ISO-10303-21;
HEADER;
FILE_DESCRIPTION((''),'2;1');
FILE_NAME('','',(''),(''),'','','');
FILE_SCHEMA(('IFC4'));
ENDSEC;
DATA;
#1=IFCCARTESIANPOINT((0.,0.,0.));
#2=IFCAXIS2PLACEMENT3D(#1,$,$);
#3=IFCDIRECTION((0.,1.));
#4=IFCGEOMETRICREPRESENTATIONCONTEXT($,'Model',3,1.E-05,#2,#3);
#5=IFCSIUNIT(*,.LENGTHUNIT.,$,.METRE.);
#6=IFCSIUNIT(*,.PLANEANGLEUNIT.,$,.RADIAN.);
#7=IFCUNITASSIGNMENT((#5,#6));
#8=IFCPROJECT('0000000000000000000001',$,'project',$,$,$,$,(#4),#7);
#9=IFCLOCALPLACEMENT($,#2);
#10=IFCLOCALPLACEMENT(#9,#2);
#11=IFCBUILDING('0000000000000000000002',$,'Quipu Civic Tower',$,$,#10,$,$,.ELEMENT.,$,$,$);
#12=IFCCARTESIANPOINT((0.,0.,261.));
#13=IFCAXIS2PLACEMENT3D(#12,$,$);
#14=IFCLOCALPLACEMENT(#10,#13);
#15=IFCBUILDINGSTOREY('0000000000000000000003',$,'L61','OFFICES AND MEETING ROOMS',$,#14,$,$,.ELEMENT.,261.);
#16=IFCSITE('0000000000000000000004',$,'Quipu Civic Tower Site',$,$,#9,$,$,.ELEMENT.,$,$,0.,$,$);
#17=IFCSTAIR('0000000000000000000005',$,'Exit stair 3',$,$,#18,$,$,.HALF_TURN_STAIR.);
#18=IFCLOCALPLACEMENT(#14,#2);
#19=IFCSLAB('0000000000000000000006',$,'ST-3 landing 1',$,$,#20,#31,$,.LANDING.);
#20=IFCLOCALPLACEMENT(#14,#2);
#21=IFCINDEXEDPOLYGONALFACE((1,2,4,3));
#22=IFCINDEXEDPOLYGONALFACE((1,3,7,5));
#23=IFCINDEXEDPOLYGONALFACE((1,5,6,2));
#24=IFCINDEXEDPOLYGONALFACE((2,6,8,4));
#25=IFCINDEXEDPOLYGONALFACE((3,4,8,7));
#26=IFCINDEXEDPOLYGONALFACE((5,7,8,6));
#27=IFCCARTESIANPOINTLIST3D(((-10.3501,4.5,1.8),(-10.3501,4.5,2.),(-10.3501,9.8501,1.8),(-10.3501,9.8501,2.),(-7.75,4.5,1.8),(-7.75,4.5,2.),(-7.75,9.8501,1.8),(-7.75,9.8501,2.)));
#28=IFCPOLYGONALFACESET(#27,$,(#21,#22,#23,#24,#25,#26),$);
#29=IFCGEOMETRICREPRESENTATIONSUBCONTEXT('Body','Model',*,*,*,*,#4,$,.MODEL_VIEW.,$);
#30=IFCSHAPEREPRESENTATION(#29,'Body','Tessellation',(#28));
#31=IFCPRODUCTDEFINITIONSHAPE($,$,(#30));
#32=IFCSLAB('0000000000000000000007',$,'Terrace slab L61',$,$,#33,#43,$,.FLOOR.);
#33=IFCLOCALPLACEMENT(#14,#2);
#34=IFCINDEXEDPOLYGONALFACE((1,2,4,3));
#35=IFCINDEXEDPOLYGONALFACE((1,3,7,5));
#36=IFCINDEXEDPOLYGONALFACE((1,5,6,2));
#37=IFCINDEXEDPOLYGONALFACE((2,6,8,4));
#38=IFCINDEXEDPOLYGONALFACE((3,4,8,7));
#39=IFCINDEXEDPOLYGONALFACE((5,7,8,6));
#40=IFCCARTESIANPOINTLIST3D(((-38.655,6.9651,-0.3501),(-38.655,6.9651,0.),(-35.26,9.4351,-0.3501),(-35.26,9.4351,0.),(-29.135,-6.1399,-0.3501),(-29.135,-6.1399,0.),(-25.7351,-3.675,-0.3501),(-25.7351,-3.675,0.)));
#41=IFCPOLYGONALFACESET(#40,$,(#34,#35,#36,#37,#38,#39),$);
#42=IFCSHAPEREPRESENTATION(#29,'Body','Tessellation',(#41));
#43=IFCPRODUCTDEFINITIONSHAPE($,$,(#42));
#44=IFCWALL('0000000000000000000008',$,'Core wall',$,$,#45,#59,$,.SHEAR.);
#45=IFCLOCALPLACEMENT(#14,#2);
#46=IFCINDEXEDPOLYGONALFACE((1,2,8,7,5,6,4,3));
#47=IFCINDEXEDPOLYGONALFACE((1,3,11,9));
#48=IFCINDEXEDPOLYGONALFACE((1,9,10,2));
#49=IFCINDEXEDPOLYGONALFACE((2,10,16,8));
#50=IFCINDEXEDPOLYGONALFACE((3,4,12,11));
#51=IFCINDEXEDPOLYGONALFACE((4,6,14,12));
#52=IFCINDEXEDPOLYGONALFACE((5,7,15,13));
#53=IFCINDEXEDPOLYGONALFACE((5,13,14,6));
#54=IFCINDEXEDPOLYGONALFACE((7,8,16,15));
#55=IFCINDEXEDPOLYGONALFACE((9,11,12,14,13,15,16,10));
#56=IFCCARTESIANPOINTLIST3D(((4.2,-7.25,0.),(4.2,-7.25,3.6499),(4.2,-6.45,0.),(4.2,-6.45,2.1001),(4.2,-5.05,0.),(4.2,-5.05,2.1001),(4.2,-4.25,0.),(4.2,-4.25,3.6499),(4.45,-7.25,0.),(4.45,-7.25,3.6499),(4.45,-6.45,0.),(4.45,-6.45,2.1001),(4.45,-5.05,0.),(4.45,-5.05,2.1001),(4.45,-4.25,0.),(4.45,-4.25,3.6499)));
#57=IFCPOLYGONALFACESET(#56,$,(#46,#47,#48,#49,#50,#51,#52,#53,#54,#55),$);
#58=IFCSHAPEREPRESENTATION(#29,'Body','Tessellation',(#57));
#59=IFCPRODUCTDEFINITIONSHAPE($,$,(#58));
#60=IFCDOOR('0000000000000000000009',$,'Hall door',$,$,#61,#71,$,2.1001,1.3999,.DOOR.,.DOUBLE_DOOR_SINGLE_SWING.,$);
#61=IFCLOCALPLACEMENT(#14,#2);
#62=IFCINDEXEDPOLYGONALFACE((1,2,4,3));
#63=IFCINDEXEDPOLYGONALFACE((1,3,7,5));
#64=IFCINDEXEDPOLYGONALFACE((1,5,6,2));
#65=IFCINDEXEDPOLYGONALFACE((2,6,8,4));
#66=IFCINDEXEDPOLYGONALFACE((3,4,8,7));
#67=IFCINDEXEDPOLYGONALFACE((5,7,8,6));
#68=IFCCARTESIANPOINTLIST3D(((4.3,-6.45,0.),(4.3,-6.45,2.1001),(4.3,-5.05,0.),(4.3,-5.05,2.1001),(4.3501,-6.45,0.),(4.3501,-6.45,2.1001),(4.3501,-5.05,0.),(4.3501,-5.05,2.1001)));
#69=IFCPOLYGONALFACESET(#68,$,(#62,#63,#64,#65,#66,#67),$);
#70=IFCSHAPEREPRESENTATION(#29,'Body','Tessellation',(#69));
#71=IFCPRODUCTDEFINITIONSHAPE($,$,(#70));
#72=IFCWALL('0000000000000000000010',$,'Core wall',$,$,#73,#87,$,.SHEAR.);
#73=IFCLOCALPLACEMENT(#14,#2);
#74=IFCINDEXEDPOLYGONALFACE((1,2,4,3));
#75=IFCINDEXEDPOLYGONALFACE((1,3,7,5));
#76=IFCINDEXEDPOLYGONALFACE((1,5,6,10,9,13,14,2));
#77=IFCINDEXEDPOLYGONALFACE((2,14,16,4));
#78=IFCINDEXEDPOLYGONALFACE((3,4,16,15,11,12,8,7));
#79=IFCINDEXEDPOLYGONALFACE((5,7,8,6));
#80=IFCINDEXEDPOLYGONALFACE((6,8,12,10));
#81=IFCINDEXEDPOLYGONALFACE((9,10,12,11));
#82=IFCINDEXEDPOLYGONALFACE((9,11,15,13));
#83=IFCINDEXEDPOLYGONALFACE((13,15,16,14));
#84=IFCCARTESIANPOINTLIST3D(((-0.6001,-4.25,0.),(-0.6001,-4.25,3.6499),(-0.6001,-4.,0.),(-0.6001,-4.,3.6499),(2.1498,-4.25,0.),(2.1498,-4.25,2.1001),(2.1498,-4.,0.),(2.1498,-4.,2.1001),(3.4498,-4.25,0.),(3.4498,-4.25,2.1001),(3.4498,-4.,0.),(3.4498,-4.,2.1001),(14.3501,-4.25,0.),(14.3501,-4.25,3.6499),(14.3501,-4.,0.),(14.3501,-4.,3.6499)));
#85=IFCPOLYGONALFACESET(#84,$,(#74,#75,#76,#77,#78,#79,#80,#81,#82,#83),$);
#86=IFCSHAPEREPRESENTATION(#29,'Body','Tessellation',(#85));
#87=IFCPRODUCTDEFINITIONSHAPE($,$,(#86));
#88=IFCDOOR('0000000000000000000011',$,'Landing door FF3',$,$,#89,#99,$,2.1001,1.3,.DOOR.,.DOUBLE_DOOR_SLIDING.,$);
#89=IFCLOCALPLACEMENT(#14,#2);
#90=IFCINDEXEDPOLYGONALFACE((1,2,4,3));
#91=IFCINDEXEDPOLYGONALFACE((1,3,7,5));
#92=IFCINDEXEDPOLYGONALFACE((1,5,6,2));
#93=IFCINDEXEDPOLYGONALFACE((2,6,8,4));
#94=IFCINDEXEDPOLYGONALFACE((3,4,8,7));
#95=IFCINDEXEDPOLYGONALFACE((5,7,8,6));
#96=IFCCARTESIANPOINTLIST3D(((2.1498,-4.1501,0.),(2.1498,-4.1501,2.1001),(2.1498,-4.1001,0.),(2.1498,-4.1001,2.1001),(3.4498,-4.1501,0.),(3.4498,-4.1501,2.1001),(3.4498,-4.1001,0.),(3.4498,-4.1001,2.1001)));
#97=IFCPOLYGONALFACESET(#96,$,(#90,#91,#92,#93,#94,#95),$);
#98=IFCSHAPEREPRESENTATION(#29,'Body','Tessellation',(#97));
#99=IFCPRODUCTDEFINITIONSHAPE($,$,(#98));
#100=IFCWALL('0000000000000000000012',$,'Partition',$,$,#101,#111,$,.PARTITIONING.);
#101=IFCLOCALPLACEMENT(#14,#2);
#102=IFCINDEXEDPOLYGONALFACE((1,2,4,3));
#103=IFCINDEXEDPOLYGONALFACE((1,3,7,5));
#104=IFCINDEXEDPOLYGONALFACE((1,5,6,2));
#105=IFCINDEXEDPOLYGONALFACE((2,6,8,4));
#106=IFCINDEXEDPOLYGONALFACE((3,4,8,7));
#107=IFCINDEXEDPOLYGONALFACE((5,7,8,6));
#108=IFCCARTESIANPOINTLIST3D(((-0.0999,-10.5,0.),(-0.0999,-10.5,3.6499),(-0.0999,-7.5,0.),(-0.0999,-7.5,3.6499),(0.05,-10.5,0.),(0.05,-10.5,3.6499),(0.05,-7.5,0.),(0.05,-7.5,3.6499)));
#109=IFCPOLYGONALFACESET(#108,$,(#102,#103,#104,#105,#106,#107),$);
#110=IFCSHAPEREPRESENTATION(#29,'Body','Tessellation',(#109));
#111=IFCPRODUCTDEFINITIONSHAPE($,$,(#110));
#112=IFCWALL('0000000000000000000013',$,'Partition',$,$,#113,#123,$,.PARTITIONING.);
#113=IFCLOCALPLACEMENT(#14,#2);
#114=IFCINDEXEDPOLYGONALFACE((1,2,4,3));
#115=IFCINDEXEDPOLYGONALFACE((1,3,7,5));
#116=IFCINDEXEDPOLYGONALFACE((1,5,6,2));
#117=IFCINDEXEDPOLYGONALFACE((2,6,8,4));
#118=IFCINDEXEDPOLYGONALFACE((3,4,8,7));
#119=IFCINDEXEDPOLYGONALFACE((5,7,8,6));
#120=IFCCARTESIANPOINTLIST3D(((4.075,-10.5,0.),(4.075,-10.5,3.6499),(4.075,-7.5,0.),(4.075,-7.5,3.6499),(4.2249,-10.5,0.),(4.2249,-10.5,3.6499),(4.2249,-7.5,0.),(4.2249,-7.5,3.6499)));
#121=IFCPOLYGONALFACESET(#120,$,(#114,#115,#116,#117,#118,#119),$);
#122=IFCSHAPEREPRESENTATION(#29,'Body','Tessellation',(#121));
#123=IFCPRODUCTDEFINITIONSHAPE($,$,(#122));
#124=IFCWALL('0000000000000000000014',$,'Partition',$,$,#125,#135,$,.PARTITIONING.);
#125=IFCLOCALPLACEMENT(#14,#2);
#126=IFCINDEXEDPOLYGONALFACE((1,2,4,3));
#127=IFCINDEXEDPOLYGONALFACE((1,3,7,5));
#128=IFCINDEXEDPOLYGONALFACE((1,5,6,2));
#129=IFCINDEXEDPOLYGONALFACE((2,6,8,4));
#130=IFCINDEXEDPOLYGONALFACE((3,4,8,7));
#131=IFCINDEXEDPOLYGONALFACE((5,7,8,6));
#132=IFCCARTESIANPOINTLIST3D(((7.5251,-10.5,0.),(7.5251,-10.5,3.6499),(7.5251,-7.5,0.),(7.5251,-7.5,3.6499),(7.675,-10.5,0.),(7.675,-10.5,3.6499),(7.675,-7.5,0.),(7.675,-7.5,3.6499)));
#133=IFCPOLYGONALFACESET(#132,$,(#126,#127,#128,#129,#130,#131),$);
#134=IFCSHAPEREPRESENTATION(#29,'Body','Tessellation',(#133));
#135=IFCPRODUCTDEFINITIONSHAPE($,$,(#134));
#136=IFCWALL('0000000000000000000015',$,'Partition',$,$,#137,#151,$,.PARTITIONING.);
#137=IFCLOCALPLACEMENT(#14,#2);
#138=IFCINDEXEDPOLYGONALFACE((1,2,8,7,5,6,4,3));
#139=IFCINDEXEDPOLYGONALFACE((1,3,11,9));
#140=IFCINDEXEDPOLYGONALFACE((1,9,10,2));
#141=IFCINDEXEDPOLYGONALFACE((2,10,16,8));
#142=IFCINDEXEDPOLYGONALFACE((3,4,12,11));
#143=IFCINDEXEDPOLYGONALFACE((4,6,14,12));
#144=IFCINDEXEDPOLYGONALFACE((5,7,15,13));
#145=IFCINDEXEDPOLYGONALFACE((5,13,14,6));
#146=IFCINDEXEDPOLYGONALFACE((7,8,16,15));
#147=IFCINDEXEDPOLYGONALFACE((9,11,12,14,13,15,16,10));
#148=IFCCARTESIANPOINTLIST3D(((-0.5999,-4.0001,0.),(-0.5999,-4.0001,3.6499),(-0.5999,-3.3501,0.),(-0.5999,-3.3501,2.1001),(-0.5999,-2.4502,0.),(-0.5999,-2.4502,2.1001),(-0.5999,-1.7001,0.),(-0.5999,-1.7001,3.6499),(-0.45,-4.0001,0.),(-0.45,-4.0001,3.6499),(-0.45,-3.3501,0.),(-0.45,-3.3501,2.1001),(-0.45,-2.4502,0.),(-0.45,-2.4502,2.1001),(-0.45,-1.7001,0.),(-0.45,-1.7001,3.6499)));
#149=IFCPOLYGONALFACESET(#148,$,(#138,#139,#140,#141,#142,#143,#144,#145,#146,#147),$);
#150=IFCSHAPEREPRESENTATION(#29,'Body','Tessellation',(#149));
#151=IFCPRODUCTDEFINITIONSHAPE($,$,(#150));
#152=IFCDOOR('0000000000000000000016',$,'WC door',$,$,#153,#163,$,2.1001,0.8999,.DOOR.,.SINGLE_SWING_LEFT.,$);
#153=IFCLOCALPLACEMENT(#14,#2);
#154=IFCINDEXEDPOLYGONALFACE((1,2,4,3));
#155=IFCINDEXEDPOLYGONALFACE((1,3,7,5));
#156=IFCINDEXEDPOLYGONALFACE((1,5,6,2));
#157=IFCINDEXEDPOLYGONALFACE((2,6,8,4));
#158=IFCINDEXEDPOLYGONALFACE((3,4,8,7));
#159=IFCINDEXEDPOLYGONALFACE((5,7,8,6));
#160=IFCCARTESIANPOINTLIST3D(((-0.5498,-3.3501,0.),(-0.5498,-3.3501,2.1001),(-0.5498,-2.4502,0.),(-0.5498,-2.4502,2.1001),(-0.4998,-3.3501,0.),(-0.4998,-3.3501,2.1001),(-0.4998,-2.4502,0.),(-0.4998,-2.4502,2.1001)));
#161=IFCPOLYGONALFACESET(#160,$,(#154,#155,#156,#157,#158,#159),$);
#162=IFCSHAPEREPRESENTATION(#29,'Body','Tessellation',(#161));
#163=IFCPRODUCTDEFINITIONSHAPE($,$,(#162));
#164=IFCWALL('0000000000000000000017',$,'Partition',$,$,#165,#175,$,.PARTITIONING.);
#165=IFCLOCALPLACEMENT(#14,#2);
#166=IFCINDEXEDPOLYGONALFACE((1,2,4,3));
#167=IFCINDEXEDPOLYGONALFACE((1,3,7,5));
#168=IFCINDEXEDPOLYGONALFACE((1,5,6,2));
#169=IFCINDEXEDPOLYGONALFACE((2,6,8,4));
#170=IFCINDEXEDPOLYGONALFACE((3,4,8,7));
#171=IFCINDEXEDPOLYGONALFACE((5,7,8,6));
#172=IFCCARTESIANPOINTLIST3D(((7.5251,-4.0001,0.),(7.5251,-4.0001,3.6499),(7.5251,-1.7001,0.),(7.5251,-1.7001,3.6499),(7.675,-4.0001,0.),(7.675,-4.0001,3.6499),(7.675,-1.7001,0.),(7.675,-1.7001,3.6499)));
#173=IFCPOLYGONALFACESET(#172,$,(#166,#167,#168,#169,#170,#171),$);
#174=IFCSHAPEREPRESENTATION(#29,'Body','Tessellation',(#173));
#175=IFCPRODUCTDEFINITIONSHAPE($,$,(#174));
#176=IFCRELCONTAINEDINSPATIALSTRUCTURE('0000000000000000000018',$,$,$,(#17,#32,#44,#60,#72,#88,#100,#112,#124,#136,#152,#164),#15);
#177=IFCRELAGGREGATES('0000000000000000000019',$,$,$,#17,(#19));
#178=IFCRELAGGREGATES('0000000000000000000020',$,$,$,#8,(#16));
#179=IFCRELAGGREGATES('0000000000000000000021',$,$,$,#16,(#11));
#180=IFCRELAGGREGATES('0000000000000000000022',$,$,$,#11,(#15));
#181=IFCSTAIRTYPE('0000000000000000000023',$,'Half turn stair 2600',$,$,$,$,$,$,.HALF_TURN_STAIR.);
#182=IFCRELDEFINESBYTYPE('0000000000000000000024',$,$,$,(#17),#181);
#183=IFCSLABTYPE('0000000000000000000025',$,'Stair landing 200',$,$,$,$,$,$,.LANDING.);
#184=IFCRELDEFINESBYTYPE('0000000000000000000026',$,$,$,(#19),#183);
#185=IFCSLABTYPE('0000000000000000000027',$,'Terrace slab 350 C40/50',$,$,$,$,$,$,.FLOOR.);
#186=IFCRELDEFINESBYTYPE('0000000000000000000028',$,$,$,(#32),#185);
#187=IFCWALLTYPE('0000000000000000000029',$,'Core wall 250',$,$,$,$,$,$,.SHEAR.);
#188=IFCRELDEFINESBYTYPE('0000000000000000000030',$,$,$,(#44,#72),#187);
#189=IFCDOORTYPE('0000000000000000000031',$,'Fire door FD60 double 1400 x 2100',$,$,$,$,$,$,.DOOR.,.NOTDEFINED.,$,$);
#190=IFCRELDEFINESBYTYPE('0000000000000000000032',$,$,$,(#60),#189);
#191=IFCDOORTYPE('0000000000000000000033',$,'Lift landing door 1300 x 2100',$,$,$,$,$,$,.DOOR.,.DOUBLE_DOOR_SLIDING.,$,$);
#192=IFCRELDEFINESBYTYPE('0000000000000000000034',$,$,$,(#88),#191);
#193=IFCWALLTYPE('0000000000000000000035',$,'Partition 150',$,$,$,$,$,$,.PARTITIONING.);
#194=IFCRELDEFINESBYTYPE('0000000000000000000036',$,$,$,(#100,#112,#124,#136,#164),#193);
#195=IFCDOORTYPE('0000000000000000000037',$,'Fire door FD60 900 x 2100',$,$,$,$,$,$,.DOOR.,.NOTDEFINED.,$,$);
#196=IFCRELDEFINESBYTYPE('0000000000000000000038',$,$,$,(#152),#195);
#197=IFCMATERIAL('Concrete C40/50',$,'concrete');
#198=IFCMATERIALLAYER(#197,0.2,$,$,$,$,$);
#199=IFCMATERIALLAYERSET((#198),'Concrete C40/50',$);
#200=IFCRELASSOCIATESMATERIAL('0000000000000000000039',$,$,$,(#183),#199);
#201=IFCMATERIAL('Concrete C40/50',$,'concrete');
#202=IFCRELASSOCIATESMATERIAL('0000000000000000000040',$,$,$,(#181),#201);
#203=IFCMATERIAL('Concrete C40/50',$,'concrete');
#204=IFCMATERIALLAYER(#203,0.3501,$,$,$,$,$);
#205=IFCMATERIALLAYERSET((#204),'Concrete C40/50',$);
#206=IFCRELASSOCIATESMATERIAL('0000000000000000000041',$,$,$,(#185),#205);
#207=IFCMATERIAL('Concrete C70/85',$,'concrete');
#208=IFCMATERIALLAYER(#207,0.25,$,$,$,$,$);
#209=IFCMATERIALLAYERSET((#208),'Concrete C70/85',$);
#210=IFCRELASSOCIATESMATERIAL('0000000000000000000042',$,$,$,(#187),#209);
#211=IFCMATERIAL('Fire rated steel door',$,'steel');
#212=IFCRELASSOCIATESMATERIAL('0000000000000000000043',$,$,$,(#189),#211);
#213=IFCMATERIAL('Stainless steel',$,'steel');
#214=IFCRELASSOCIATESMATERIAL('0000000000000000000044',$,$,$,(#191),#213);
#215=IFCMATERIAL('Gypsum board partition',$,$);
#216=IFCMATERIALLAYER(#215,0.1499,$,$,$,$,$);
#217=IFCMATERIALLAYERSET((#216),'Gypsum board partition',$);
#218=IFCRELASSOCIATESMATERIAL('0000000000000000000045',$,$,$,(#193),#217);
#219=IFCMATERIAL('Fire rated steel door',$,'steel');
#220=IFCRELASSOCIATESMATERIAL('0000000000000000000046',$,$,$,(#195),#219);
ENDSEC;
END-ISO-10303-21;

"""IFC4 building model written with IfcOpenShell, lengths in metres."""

from ifc_helpers import new_model, si_unit, direction, frame, frame_2d, origin, place, context, subcontext, project, spatial, polyline, rectangle, outline, extrude, material, layer, layer_set, type_object, element, fill, aggregate, save


model = new_model("IFC4")

# Units and contexts
model_context = context("Model", 3, precision=1e-05, world=origin(), true_north=direction((0.0, 1.0)))
body_context = subcontext(model_context, "Body", "Model", "MODEL_VIEW")
ifc_project = project(units=[si_unit("LENGTHUNIT", "METRE"), si_unit("PLANEANGLEUNIT", "RADIAN")], contexts=[model_context])

# Site, building, storey
site_placement = place(None, origin())
site = spatial("IfcSite", under=ifc_project, at=site_placement, Name="Quipu Civic Tower Site", CompositionType="ELEMENT", RefElevation=0.0)
building_placement = place(site_placement, origin())
building = spatial("IfcBuilding", under=site, at=building_placement, Name="Quipu Civic Tower", CompositionType="ELEMENT")
storey_placement = place(building_placement, frame((0.0, 0.0, 261.0)))
storey = spatial("IfcBuildingStorey", under=building, at=storey_placement, Name="L61", Description="OFFICES AND MEETING ROOMS", CompositionType="ELEMENT", Elevation=261.0)

# Stair, slab
ifc_material_1 = material(Name="Concrete C40/50", Category="concrete")
ifc_layer_1 = layer(ifc_material_1, 0.2)
ifc_layer_set_1 = layer_set([ifc_layer_1], Name="Concrete C40/50")
slab_type_1 = type_object("IfcSlabType", Name="Stair landing 200", PredefinedType="LANDING", material=ifc_layer_set_1)
ifc_material_2 = material(Name="Concrete C40/50", Category="concrete")
stair_type_1 = type_object("IfcStairType", Name="Half turn stair 2600", PredefinedType="HALF_TURN_STAIR", material=ifc_material_2)
stair_1_placement = place(storey_placement, origin())
stair_1 = element("IfcStair", 1, at=stair_1_placement, inside=storey, type_object=stair_type_1, Name="Exit stair 3", PredefinedType="HALF_TURN_STAIR")
slab_1_placement = place(storey_placement, frame((0.0, 0.0, 1.8)))
slab_1 = element("IfcSlab", 2, at=slab_1_placement, type_object=slab_type_1, Name="ST-3 landing 1", PredefinedType="LANDING", context=body_context, shape_type="SweptSolid", body=[
    extrude(outline(polyline([(-10.3501, 4.5), (-7.75, 4.5), (-7.75, 9.8501), (-10.3501, 9.8501), (-10.3501, 4.5)])), origin(), (0.0, 0.0, 1.0), 0.2),
])
aggregate(stair_1, [slab_1])

# Slab
ifc_material_3 = material(Name="Concrete C40/50", Category="concrete")
ifc_layer_2 = layer(ifc_material_3, 0.3501)
ifc_layer_set_2 = layer_set([ifc_layer_2], Name="Concrete C40/50")
slab_type_2 = type_object("IfcSlabType", Name="Terrace slab 350 C40/50", PredefinedType="FLOOR", material=ifc_layer_set_2)
slab_2_placement = place(storey_placement, frame((0.0, 0.0, -0.3501)))
element("IfcSlab", 3, at=slab_2_placement, inside=storey, type_object=slab_type_2, Name="Terrace slab L61", PredefinedType="FLOOR", context=body_context, shape_type="SweptSolid", body=[
    extrude(outline(polyline([(-35.26, 9.4351), (-25.7351, -3.675), (-29.135, -6.1399), (-38.655, 6.9651), (-35.26, 9.4351)])), origin(), (0.0, 0.0, 1.0), 0.3501),
])

# Walls, openings, doors
ifc_material_4 = material(Name="Concrete C70/85", Category="concrete")
ifc_layer_3 = layer(ifc_material_4, 0.25)
ifc_layer_set_3 = layer_set([ifc_layer_3], Name="Concrete C70/85")
wall_type_1 = type_object("IfcWallType", Name="Core wall 250", PredefinedType="SHEAR", material=ifc_layer_set_3)
wall_1_placement = place(storey_placement, frame((4.325, -7.25, 0.0), z_axis=(0.0, 0.0, 1.0), x_axis=(0.0, 1.0, 0.0)))
wall_1 = element("IfcWall", 4, at=wall_1_placement, inside=storey, type_object=wall_type_1, Name="Core wall", PredefinedType="SHEAR", context=body_context, shape_type="SweptSolid", body=[
    extrude(rectangle(XDim=3.0, YDim=0.25, at=frame_2d((1.5, 0.0))), origin(), (0.0, 0.0, 1.0), 3.6499),
])
opening_1_placement = place(wall_1_placement, frame((0.8, 0.0, 0.0)))
opening_1 = element("IfcOpeningElement", 5, at=opening_1_placement, cuts=wall_1, PredefinedType="OPENING", context=body_context, shape_type="SweptSolid", body=[
    extrude(rectangle(XDim=1.3999, YDim=2.1001, at=frame_2d((0.7, 1.05))), frame((0.0, 0.135, 0.0), z_axis=(0.0, -1.0, 0.0), x_axis=(1.0, 0.0, 0.0)), (0.0, 0.0, 1.0), 0.27),
])
ifc_material_5 = material(Name="Fire rated steel door", Category="steel")
door_type_1 = type_object("IfcDoorType", Name="Fire door FD60 double 1400 x 2100", OperationType="NOTDEFINED", PredefinedType="DOOR", material=ifc_material_5)
door_1_placement = place(opening_1_placement, origin())
door_1 = element("IfcDoor", 6, at=door_1_placement, inside=storey, type_object=door_type_1, Name="Hall door", OperationType="DOUBLE_DOOR_SINGLE_SWING", OverallHeight=2.1001, OverallWidth=1.3999, PredefinedType="DOOR", context=body_context, shape_type="SweptSolid", body=[
    extrude(rectangle(XDim=1.3999, YDim=2.1001, at=frame_2d((0.7, 1.05))), frame((0.0, 0.0249, 0.0), z_axis=(0.0, -1.0, 0.0), x_axis=(1.0, 0.0, 0.0)), (0.0, 0.0, 1.0), 0.05),
])
fill(opening_1, door_1)
wall_2_placement = place(storey_placement, frame((-0.6001, -4.125, 0.0), z_axis=(0.0, 0.0, 1.0), x_axis=(1.0, 0.0, 0.0)))
wall_2 = element("IfcWall", 7, at=wall_2_placement, inside=storey, type_object=wall_type_1, Name="Core wall", PredefinedType="SHEAR", context=body_context, shape_type="SweptSolid", body=[
    extrude(rectangle(XDim=14.9502, YDim=0.25, at=frame_2d((7.4751, 0.0))), origin(), (0.0, 0.0, 1.0), 3.6499),
])
opening_2_placement = place(wall_2_placement, frame((2.75, 0.0, 0.0)))
opening_2 = element("IfcOpeningElement", 8, at=opening_2_placement, cuts=wall_2, PredefinedType="OPENING", context=body_context, shape_type="SweptSolid", body=[
    extrude(rectangle(XDim=1.3, YDim=2.1001, at=frame_2d((0.6499, 1.05))), frame((0.0, 0.135, 0.0), z_axis=(0.0, -1.0, 0.0), x_axis=(1.0, 0.0, 0.0)), (0.0, 0.0, 1.0), 0.27),
])
ifc_material_6 = material(Name="Stainless steel", Category="steel")
door_type_2 = type_object("IfcDoorType", Name="Lift landing door 1300 x 2100", OperationType="DOUBLE_DOOR_SLIDING", PredefinedType="DOOR", material=ifc_material_6)
door_2_placement = place(opening_2_placement, origin())
door_2 = element("IfcDoor", 9, at=door_2_placement, inside=storey, type_object=door_type_2, Name="Landing door FF3", OperationType="DOUBLE_DOOR_SLIDING", OverallHeight=2.1001, OverallWidth=1.3, PredefinedType="DOOR", context=body_context, shape_type="SweptSolid", body=[
    extrude(rectangle(XDim=1.3, YDim=2.1001, at=frame_2d((0.6499, 1.05))), frame((0.0, 0.0249, 0.0), z_axis=(0.0, -1.0, 0.0), x_axis=(1.0, 0.0, 0.0)), (0.0, 0.0, 1.0), 0.05),
])
fill(opening_2, door_2)

# Walls
ifc_material_7 = material(Name="Gypsum board partition")
ifc_layer_4 = layer(ifc_material_7, 0.1499)
ifc_layer_set_4 = layer_set([ifc_layer_4], Name="Gypsum board partition")
wall_type_2 = type_object("IfcWallType", Name="Partition 150", PredefinedType="PARTITIONING", material=ifc_layer_set_4)
for number, where, z_axis, x_axis, name in (
    (10, (-0.0249, -10.5, 0.0), (0.0, 0.0, 1.0), (0.0, 1.0, 0.0), "Partition"),
    (11, (4.1499, -10.5, 0.0), (0.0, 0.0, 1.0), (0.0, 1.0, 0.0), "Partition"),
    (12, (7.6001, -10.5, 0.0), (0.0, 0.0, 1.0), (0.0, 1.0, 0.0), "Partition"),
):
    element("IfcWall", number, at=place(storey_placement, frame(where, z_axis=z_axis, x_axis=x_axis)), inside=storey, type_object=wall_type_2, Name=name, PredefinedType="PARTITIONING", context=body_context, shape_type="SweptSolid", body=[
        extrude(rectangle(XDim=3.0, YDim=0.1499, at=frame_2d((1.5, 0.0))), origin(), (0.0, 0.0, 1.0), 3.6499),
    ])

# Wall, opening, door
wall_3_placement = place(storey_placement, frame((-0.5249, -4.0, 0.0), z_axis=(0.0, 0.0, 1.0), x_axis=(0.0, 1.0, 0.0)))
wall_3 = element("IfcWall", 13, at=wall_3_placement, inside=storey, type_object=wall_type_2, Name="Partition", PredefinedType="PARTITIONING", context=body_context, shape_type="SweptSolid", body=[
    extrude(rectangle(XDim=2.3, YDim=0.1499, at=frame_2d((1.1499, 0.0))), origin(), (0.0, 0.0, 1.0), 3.6499),
])
opening_3_placement = place(wall_3_placement, frame((0.6499, 0.0, 0.0)))
opening_3 = element("IfcOpeningElement", 14, at=opening_3_placement, cuts=wall_3, PredefinedType="OPENING", context=body_context, shape_type="SweptSolid", body=[
    extrude(rectangle(XDim=0.8999, YDim=2.1001, at=frame_2d((0.45, 1.05))), frame((0.0, 0.085, 0.0), z_axis=(0.0, -1.0, 0.0), x_axis=(1.0, 0.0, 0.0)), (0.0, 0.0, 1.0), 0.1699),
])
ifc_material_8 = material(Name="Fire rated steel door", Category="steel")
door_type_3 = type_object("IfcDoorType", Name="Fire door FD60 900 x 2100", OperationType="NOTDEFINED", PredefinedType="DOOR", material=ifc_material_8)
door_3_placement = place(opening_3_placement, origin())
door_3 = element("IfcDoor", 15, at=door_3_placement, inside=storey, type_object=door_type_3, Name="WC door", OperationType="SINGLE_SWING_LEFT", OverallHeight=2.1001, OverallWidth=0.8999, PredefinedType="DOOR", context=body_context, shape_type="SweptSolid", body=[
    extrude(rectangle(XDim=0.8999, YDim=2.1001, at=frame_2d((0.45, 1.05))), frame((0.0, 0.0249, 0.0), z_axis=(0.0, -1.0, 0.0), x_axis=(1.0, 0.0, 0.0)), (0.0, 0.0, 1.0), 0.05),
])
fill(opening_3, door_3)

# Wall
wall_4_placement = place(storey_placement, frame((7.6001, -4.0, 0.0), z_axis=(0.0, 0.0, 1.0), x_axis=(0.0, 1.0, 0.0)))
element("IfcWall", 16, at=wall_4_placement, inside=storey, type_object=wall_type_2, Name="Partition", PredefinedType="PARTITIONING", context=body_context, shape_type="SweptSolid", body=[
    extrude(rectangle(XDim=2.3, YDim=0.1499, at=frame_2d((1.1499, 0.0))), origin(), (0.0, 0.0, 1.0), 3.6499),
])

save(model, "model.ifc")
